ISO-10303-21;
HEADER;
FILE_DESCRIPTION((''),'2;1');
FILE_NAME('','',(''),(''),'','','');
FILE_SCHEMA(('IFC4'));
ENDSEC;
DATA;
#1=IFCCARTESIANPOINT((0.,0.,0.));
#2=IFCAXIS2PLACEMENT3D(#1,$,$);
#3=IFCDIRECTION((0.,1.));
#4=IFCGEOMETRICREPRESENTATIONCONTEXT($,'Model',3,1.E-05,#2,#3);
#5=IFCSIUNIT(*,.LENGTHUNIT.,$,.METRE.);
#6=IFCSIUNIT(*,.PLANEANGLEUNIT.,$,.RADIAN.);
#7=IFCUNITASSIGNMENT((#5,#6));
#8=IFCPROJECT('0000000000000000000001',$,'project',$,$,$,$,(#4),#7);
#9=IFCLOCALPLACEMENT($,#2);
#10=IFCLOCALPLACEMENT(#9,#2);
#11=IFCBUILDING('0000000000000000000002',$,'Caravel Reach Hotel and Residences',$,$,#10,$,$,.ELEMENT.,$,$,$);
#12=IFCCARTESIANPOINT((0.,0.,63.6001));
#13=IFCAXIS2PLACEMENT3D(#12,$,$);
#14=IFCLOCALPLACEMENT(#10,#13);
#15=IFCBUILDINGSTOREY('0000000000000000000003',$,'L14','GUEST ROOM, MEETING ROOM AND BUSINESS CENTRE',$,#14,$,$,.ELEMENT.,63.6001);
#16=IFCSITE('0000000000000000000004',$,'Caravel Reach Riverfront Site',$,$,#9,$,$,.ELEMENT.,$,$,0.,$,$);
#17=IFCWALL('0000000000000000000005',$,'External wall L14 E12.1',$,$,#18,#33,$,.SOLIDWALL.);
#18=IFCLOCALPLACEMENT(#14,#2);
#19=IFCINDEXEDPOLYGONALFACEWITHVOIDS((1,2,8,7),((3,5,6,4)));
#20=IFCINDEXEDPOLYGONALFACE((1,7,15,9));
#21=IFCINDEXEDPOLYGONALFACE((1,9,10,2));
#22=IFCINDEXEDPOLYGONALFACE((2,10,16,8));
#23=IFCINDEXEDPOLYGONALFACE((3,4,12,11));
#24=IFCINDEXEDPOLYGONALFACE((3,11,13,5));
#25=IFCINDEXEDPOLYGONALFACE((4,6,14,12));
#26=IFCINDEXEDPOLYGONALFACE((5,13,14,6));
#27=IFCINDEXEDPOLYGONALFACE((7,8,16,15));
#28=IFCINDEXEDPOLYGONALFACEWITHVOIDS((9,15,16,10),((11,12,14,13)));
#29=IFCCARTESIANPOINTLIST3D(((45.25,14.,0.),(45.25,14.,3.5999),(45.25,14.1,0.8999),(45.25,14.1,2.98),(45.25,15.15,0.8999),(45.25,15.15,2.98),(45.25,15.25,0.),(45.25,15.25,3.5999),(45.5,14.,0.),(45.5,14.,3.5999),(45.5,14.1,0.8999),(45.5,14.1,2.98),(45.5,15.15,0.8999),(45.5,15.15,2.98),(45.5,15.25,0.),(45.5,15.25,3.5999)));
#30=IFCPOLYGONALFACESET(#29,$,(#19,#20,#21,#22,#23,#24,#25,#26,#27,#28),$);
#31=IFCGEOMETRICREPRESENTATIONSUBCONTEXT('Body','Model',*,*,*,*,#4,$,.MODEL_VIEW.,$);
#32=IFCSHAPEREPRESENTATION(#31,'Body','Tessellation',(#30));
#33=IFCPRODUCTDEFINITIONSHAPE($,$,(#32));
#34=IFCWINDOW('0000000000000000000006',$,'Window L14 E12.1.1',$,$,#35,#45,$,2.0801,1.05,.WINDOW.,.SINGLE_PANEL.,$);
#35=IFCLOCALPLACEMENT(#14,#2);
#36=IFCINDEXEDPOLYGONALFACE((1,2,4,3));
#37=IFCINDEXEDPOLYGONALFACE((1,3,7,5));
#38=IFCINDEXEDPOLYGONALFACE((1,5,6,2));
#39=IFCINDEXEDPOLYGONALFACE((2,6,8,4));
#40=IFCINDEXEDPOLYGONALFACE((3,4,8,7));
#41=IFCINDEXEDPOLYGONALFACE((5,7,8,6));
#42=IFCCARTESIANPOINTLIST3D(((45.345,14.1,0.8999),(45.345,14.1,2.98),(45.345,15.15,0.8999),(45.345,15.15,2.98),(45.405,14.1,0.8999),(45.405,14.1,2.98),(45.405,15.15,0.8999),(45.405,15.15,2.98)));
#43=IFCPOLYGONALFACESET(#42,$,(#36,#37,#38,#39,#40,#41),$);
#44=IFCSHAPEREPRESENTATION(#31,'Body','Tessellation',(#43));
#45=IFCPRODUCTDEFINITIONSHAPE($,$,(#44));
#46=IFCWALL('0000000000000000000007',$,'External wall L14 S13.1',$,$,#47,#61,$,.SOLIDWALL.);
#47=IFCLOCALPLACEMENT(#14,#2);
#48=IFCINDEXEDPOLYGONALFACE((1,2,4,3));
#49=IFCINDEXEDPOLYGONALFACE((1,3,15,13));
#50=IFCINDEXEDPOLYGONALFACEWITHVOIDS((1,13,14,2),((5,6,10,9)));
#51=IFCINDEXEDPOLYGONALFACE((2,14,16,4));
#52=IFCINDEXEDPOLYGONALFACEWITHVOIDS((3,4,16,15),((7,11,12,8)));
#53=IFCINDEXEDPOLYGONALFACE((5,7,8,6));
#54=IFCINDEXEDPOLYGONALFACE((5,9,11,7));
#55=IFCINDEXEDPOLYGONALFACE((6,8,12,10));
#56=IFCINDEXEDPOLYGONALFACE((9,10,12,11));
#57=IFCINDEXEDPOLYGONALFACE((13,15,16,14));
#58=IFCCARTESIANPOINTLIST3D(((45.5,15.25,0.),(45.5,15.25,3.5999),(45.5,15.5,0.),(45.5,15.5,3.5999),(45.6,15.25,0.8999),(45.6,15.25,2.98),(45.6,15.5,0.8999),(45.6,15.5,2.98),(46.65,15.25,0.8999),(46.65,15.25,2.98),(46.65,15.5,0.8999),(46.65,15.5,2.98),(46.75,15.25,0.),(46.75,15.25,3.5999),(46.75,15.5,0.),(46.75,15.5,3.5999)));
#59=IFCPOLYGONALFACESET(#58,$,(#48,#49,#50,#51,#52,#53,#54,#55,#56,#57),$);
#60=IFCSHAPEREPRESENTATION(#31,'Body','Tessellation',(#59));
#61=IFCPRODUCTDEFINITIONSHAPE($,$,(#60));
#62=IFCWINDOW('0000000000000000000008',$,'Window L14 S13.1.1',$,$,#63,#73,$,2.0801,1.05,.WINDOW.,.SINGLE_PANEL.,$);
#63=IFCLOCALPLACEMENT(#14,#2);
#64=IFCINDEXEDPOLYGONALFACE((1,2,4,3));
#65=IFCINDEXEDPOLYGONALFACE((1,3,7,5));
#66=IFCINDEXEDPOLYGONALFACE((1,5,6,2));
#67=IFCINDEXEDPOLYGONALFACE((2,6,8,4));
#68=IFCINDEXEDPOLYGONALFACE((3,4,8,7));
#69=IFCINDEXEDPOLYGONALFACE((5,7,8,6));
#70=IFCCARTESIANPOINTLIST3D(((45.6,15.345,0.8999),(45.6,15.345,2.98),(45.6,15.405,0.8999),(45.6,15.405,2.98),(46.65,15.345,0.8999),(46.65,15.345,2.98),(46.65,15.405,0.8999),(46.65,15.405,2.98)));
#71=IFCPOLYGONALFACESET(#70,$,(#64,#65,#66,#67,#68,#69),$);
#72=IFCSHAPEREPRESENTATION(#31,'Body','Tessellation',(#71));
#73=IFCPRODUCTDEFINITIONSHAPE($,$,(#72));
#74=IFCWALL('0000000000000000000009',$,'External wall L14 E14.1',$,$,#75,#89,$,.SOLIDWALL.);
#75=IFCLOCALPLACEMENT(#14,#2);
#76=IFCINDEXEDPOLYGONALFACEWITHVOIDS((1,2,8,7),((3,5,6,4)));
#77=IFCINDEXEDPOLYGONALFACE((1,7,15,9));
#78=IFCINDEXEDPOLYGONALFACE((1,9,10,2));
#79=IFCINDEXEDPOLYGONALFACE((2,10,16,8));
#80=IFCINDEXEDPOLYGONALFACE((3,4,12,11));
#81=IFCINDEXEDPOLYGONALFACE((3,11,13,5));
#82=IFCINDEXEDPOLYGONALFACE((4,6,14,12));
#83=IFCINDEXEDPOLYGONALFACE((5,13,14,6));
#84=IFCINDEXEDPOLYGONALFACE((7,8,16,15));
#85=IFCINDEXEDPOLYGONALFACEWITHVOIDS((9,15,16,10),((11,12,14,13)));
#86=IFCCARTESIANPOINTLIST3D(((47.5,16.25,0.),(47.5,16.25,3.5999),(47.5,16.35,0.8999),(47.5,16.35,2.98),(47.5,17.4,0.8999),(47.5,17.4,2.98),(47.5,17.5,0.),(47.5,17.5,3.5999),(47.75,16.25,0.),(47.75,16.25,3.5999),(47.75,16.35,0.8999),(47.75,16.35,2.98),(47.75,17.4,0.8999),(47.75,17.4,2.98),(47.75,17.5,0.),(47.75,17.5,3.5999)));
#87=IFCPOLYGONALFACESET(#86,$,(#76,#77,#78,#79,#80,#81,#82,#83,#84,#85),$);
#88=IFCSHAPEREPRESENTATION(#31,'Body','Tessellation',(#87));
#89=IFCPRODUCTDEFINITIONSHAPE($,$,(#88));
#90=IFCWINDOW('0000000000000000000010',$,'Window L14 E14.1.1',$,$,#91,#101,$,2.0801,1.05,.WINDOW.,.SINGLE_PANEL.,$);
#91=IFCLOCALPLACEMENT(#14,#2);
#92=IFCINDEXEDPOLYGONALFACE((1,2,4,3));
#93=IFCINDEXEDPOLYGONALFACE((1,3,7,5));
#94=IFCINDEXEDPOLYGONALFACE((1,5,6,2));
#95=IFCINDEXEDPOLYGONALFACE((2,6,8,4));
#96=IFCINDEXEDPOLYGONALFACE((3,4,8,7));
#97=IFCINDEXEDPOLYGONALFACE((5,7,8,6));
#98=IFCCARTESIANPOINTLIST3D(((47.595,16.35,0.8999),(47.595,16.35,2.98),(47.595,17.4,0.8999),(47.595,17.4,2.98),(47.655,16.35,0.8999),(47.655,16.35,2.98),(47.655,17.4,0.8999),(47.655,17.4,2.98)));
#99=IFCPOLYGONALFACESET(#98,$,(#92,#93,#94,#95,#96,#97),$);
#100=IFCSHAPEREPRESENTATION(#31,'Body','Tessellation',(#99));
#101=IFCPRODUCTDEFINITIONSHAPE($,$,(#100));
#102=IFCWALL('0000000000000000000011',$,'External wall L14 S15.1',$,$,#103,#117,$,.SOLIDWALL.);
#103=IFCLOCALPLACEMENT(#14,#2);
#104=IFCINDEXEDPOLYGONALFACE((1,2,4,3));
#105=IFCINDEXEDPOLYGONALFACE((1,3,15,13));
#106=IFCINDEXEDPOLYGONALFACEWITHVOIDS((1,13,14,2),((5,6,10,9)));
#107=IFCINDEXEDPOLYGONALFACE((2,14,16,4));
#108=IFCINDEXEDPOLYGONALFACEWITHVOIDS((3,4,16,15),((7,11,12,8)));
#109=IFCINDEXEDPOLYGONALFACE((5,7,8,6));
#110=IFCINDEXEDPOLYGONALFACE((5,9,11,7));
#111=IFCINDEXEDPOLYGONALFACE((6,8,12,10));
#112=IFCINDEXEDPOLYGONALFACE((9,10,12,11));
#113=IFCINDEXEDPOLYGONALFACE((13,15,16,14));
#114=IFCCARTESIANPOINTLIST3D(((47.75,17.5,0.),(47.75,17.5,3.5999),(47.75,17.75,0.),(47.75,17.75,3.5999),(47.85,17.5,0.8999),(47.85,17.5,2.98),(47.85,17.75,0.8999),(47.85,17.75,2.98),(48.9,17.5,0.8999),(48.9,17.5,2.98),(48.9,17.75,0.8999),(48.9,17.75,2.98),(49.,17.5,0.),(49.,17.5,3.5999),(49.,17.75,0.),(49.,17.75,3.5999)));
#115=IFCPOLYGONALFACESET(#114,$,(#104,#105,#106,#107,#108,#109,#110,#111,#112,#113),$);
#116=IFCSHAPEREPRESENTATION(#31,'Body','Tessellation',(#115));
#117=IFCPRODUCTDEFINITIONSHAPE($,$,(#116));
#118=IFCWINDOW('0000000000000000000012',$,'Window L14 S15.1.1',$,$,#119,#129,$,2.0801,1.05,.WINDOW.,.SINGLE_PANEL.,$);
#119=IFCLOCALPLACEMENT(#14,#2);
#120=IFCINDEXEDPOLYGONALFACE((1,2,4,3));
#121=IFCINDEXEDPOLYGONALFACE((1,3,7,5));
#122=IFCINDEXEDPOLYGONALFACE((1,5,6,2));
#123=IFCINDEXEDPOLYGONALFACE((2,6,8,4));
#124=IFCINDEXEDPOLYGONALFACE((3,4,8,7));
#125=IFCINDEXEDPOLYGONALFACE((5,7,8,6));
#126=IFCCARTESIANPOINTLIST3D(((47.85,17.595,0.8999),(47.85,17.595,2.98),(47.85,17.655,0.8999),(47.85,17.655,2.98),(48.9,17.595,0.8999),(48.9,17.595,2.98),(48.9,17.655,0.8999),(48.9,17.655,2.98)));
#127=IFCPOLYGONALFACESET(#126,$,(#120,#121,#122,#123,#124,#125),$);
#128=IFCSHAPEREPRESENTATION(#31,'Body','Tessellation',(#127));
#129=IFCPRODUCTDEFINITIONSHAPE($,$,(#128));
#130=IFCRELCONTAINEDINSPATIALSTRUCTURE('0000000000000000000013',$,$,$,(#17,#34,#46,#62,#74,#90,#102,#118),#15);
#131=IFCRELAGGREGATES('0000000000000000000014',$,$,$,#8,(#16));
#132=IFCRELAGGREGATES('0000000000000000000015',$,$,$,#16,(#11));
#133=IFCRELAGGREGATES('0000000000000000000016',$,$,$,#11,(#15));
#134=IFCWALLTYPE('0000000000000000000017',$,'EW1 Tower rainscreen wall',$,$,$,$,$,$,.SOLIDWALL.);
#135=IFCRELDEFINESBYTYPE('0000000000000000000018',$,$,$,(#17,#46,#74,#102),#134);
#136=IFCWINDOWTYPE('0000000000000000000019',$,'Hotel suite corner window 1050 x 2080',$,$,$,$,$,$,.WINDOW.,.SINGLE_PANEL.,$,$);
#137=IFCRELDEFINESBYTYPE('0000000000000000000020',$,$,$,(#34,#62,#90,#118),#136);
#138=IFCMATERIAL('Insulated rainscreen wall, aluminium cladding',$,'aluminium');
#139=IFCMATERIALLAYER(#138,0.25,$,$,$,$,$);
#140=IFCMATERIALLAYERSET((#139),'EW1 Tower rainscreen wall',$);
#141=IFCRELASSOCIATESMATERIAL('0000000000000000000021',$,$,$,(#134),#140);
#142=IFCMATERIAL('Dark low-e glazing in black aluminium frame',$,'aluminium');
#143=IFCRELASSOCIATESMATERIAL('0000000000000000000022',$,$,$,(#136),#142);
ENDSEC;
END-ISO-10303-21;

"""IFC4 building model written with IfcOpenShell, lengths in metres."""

from ifc_helpers import new_model, si_unit, direction, frame, frame_2d, origin, place, context, subcontext, project, spatial, rectangle, extrude, material, layer, layer_set, type_object, element, fill, save


model = new_model("IFC4")

# Units and contexts
model_context = context("Model", 3, precision=1e-05, world=origin(), true_north=direction((0.0, 1.0)))
body_context = subcontext(model_context, "Body", "Model", "MODEL_VIEW")
ifc_project = project(units=[si_unit("LENGTHUNIT", "METRE"), si_unit("PLANEANGLEUNIT", "RADIAN")], contexts=[model_context])

# Site, building, storey
site_placement = place(None, origin())
site = spatial("IfcSite", under=ifc_project, at=site_placement, Name="Caravel Reach Riverfront Site", CompositionType="ELEMENT", RefElevation=0.0)
building_placement = place(site_placement, origin())
building = spatial("IfcBuilding", under=site, at=building_placement, Name="Caravel Reach Hotel and Residences", CompositionType="ELEMENT")
storey_placement = place(building_placement, frame((0.0, 0.0, 63.6001)))
storey = spatial("IfcBuildingStorey", under=building, at=storey_placement, Name="L14", Description="GUEST ROOM, MEETING ROOM AND BUSINESS CENTRE", CompositionType="ELEMENT", Elevation=63.6001)

# Walls, openings, windows
ifc_material_1 = material(Name="Insulated rainscreen wall, aluminium cladding", Category="aluminium")
ifc_layer = layer(ifc_material_1, 0.25)
ifc_layer_set = layer_set([ifc_layer], Name="EW1 Tower rainscreen wall")
wall_type = type_object("IfcWallType", Name="EW1 Tower rainscreen wall", PredefinedType="SOLIDWALL", material=ifc_layer_set)
wall_1_placement = place(storey_placement, frame((45.375, 14.0, 0.0), z_axis=(0.0, 0.0, 1.0), x_axis=(0.0, 1.0, 0.0)))
wall_1 = element("IfcWall", 1, at=wall_1_placement, inside=storey, type_object=wall_type, Name="External wall L14 E12.1", PredefinedType="SOLIDWALL", context=body_context, shape_type="SweptSolid", body=[
    extrude(rectangle(XDim=1.25, YDim=0.25, at=frame_2d((0.625, 0.0))), origin(), (0.0, 0.0, 1.0), 3.5999),
])
opening_1_placement = place(wall_1_placement, frame((0.1001, 0.0, 0.8999)))
opening_1 = element("IfcOpeningElement", 2, at=opening_1_placement, cuts=wall_1, PredefinedType="OPENING", context=body_context, shape_type="SweptSolid", body=[
    extrude(rectangle(XDim=1.05, YDim=2.0801, at=frame_2d((0.5249, 1.04))), frame((0.0, 0.135, 0.0), z_axis=(0.0, -1.0, 0.0), x_axis=(1.0, 0.0, 0.0)), (0.0, 0.0, 1.0), 0.27),
])
ifc_material_2 = material(Name="Dark low-e glazing in black aluminium frame", Category="aluminium")
window_type_1 = type_object("IfcWindowType", Name="Hotel suite corner window 1050 x 2080", PartitioningType="SINGLE_PANEL", PredefinedType="WINDOW", material=ifc_material_2)
window_1_placement = place(opening_1_placement, origin())
window_1 = element("IfcWindow", 3, at=window_1_placement, inside=storey, type_object=window_type_1, Name="Window L14 E12.1.1", OverallHeight=2.0801, OverallWidth=1.05, PartitioningType="SINGLE_PANEL", PredefinedType="WINDOW", context=body_context, shape_type="SweptSolid", body=[
    extrude(rectangle(XDim=1.05, YDim=2.0801, at=frame_2d((0.5249, 1.04))), frame((0.0, 0.03, 0.0), z_axis=(0.0, -1.0, 0.0), x_axis=(1.0, 0.0, 0.0)), (0.0, 0.0, 1.0), 0.0601),
])
fill(opening_1, window_1)
wall_2_placement = place(storey_placement, frame((45.5, 15.375, 0.0), z_axis=(0.0, 0.0, 1.0), x_axis=(1.0, 0.0, 0.0)))
wall_2 = element("IfcWall", 4, at=wall_2_placement, inside=storey, type_object=wall_type, Name="External wall L14 S13.1", PredefinedType="SOLIDWALL", context=body_context, shape_type="SweptSolid", body=[
    extrude(rectangle(XDim=1.25, YDim=0.25, at=frame_2d((0.625, 0.0))), origin(), (0.0, 0.0, 1.0), 3.5999),
])
opening_2_placement = place(wall_2_placement, frame((0.1001, 0.0, 0.8999)))
opening_2 = element("IfcOpeningElement", 5, at=opening_2_placement, cuts=wall_2, PredefinedType="OPENING", context=body_context, shape_type="SweptSolid", body=[
    extrude(rectangle(XDim=1.05, YDim=2.0801, at=frame_2d((0.5249, 1.04))), frame((0.0, 0.135, 0.0), z_axis=(0.0, -1.0, 0.0), x_axis=(1.0, 0.0, 0.0)), (0.0, 0.0, 1.0), 0.27),
])
window_2_placement = place(opening_2_placement, origin())
window_2 = element("IfcWindow", 6, at=window_2_placement, inside=storey, type_object=window_type_1, Name="Window L14 S13.1.1", OverallHeight=2.0801, OverallWidth=1.05, PartitioningType="SINGLE_PANEL", PredefinedType="WINDOW", context=body_context, shape_type="SweptSolid", body=[
    extrude(rectangle(XDim=1.05, YDim=2.0801, at=frame_2d((0.5249, 1.04))), frame((0.0, 0.03, 0.0), z_axis=(0.0, -1.0, 0.0), x_axis=(1.0, 0.0, 0.0)), (0.0, 0.0, 1.0), 0.0601),
])
fill(opening_2, window_2)
wall_3_placement = place(storey_placement, frame((47.625, 16.25, 0.0), z_axis=(0.0, 0.0, 1.0), x_axis=(0.0, 1.0, 0.0)))
wall_3 = element("IfcWall", 7, at=wall_3_placement, inside=storey, type_object=wall_type, Name="External wall L14 E14.1", PredefinedType="SOLIDWALL", context=body_context, shape_type="SweptSolid", body=[
    extrude(rectangle(XDim=1.25, YDim=0.25, at=frame_2d((0.625, 0.0))), origin(), (0.0, 0.0, 1.0), 3.5999),
])
opening_3_placement = place(wall_3_placement, frame((0.1001, 0.0, 0.8999)))
opening_3 = element("IfcOpeningElement", 8, at=opening_3_placement, cuts=wall_3, PredefinedType="OPENING", context=body_context, shape_type="SweptSolid", body=[
    extrude(rectangle(XDim=1.05, YDim=2.0801, at=frame_2d((0.5249, 1.04))), frame((0.0, 0.135, 0.0), z_axis=(0.0, -1.0, 0.0), x_axis=(1.0, 0.0, 0.0)), (0.0, 0.0, 1.0), 0.27),
])
window_3_placement = place(opening_3_placement, origin())
window_3 = element("IfcWindow", 9, at=window_3_placement, inside=storey, type_object=window_type_1, Name="Window L14 E14.1.1", OverallHeight=2.0801, OverallWidth=1.05, PartitioningType="SINGLE_PANEL", PredefinedType="WINDOW", context=body_context, shape_type="SweptSolid", body=[
    extrude(rectangle(XDim=1.05, YDim=2.0801, at=frame_2d((0.5249, 1.04))), frame((0.0, 0.03, 0.0), z_axis=(0.0, -1.0, 0.0), x_axis=(1.0, 0.0, 0.0)), (0.0, 0.0, 1.0), 0.0601),
])
fill(opening_3, window_3)
wall_4_placement = place(storey_placement, frame((47.75, 17.625, 0.0), z_axis=(0.0, 0.0, 1.0), x_axis=(1.0, 0.0, 0.0)))
wall_4 = element("IfcWall", 10, at=wall_4_placement, inside=storey, type_object=wall_type, Name="External wall L14 S15.1", PredefinedType="SOLIDWALL", context=body_context, shape_type="SweptSolid", body=[
    extrude(rectangle(XDim=1.25, YDim=0.25, at=frame_2d((0.625, 0.0))), origin(), (0.0, 0.0, 1.0), 3.5999),
])
opening_4_placement = place(wall_4_placement, frame((0.1001, 0.0, 0.8999)))
opening_4 = element("IfcOpeningElement", 11, at=opening_4_placement, cuts=wall_4, PredefinedType="OPENING", context=body_context, shape_type="SweptSolid", body=[
    extrude(rectangle(XDim=1.05, YDim=2.0801, at=frame_2d((0.5249, 1.04))), frame((0.0, 0.135, 0.0), z_axis=(0.0, -1.0, 0.0), x_axis=(1.0, 0.0, 0.0)), (0.0, 0.0, 1.0), 0.27),
])
window_4_placement = place(opening_4_placement, origin())
window_4 = element("IfcWindow", 12, at=window_4_placement, inside=storey, type_object=window_type_1, Name="Window L14 S15.1.1", OverallHeight=2.0801, OverallWidth=1.05, PartitioningType="SINGLE_PANEL", PredefinedType="WINDOW", context=body_context, shape_type="SweptSolid", body=[
    extrude(rectangle(XDim=1.05, YDim=2.0801, at=frame_2d((0.5249, 1.04))), frame((0.0, 0.03, 0.0), z_axis=(0.0, -1.0, 0.0), x_axis=(1.0, 0.0, 0.0)), (0.0, 0.0, 1.0), 0.0601),
])
fill(opening_4, window_4)

save(model, "model.ifc")
